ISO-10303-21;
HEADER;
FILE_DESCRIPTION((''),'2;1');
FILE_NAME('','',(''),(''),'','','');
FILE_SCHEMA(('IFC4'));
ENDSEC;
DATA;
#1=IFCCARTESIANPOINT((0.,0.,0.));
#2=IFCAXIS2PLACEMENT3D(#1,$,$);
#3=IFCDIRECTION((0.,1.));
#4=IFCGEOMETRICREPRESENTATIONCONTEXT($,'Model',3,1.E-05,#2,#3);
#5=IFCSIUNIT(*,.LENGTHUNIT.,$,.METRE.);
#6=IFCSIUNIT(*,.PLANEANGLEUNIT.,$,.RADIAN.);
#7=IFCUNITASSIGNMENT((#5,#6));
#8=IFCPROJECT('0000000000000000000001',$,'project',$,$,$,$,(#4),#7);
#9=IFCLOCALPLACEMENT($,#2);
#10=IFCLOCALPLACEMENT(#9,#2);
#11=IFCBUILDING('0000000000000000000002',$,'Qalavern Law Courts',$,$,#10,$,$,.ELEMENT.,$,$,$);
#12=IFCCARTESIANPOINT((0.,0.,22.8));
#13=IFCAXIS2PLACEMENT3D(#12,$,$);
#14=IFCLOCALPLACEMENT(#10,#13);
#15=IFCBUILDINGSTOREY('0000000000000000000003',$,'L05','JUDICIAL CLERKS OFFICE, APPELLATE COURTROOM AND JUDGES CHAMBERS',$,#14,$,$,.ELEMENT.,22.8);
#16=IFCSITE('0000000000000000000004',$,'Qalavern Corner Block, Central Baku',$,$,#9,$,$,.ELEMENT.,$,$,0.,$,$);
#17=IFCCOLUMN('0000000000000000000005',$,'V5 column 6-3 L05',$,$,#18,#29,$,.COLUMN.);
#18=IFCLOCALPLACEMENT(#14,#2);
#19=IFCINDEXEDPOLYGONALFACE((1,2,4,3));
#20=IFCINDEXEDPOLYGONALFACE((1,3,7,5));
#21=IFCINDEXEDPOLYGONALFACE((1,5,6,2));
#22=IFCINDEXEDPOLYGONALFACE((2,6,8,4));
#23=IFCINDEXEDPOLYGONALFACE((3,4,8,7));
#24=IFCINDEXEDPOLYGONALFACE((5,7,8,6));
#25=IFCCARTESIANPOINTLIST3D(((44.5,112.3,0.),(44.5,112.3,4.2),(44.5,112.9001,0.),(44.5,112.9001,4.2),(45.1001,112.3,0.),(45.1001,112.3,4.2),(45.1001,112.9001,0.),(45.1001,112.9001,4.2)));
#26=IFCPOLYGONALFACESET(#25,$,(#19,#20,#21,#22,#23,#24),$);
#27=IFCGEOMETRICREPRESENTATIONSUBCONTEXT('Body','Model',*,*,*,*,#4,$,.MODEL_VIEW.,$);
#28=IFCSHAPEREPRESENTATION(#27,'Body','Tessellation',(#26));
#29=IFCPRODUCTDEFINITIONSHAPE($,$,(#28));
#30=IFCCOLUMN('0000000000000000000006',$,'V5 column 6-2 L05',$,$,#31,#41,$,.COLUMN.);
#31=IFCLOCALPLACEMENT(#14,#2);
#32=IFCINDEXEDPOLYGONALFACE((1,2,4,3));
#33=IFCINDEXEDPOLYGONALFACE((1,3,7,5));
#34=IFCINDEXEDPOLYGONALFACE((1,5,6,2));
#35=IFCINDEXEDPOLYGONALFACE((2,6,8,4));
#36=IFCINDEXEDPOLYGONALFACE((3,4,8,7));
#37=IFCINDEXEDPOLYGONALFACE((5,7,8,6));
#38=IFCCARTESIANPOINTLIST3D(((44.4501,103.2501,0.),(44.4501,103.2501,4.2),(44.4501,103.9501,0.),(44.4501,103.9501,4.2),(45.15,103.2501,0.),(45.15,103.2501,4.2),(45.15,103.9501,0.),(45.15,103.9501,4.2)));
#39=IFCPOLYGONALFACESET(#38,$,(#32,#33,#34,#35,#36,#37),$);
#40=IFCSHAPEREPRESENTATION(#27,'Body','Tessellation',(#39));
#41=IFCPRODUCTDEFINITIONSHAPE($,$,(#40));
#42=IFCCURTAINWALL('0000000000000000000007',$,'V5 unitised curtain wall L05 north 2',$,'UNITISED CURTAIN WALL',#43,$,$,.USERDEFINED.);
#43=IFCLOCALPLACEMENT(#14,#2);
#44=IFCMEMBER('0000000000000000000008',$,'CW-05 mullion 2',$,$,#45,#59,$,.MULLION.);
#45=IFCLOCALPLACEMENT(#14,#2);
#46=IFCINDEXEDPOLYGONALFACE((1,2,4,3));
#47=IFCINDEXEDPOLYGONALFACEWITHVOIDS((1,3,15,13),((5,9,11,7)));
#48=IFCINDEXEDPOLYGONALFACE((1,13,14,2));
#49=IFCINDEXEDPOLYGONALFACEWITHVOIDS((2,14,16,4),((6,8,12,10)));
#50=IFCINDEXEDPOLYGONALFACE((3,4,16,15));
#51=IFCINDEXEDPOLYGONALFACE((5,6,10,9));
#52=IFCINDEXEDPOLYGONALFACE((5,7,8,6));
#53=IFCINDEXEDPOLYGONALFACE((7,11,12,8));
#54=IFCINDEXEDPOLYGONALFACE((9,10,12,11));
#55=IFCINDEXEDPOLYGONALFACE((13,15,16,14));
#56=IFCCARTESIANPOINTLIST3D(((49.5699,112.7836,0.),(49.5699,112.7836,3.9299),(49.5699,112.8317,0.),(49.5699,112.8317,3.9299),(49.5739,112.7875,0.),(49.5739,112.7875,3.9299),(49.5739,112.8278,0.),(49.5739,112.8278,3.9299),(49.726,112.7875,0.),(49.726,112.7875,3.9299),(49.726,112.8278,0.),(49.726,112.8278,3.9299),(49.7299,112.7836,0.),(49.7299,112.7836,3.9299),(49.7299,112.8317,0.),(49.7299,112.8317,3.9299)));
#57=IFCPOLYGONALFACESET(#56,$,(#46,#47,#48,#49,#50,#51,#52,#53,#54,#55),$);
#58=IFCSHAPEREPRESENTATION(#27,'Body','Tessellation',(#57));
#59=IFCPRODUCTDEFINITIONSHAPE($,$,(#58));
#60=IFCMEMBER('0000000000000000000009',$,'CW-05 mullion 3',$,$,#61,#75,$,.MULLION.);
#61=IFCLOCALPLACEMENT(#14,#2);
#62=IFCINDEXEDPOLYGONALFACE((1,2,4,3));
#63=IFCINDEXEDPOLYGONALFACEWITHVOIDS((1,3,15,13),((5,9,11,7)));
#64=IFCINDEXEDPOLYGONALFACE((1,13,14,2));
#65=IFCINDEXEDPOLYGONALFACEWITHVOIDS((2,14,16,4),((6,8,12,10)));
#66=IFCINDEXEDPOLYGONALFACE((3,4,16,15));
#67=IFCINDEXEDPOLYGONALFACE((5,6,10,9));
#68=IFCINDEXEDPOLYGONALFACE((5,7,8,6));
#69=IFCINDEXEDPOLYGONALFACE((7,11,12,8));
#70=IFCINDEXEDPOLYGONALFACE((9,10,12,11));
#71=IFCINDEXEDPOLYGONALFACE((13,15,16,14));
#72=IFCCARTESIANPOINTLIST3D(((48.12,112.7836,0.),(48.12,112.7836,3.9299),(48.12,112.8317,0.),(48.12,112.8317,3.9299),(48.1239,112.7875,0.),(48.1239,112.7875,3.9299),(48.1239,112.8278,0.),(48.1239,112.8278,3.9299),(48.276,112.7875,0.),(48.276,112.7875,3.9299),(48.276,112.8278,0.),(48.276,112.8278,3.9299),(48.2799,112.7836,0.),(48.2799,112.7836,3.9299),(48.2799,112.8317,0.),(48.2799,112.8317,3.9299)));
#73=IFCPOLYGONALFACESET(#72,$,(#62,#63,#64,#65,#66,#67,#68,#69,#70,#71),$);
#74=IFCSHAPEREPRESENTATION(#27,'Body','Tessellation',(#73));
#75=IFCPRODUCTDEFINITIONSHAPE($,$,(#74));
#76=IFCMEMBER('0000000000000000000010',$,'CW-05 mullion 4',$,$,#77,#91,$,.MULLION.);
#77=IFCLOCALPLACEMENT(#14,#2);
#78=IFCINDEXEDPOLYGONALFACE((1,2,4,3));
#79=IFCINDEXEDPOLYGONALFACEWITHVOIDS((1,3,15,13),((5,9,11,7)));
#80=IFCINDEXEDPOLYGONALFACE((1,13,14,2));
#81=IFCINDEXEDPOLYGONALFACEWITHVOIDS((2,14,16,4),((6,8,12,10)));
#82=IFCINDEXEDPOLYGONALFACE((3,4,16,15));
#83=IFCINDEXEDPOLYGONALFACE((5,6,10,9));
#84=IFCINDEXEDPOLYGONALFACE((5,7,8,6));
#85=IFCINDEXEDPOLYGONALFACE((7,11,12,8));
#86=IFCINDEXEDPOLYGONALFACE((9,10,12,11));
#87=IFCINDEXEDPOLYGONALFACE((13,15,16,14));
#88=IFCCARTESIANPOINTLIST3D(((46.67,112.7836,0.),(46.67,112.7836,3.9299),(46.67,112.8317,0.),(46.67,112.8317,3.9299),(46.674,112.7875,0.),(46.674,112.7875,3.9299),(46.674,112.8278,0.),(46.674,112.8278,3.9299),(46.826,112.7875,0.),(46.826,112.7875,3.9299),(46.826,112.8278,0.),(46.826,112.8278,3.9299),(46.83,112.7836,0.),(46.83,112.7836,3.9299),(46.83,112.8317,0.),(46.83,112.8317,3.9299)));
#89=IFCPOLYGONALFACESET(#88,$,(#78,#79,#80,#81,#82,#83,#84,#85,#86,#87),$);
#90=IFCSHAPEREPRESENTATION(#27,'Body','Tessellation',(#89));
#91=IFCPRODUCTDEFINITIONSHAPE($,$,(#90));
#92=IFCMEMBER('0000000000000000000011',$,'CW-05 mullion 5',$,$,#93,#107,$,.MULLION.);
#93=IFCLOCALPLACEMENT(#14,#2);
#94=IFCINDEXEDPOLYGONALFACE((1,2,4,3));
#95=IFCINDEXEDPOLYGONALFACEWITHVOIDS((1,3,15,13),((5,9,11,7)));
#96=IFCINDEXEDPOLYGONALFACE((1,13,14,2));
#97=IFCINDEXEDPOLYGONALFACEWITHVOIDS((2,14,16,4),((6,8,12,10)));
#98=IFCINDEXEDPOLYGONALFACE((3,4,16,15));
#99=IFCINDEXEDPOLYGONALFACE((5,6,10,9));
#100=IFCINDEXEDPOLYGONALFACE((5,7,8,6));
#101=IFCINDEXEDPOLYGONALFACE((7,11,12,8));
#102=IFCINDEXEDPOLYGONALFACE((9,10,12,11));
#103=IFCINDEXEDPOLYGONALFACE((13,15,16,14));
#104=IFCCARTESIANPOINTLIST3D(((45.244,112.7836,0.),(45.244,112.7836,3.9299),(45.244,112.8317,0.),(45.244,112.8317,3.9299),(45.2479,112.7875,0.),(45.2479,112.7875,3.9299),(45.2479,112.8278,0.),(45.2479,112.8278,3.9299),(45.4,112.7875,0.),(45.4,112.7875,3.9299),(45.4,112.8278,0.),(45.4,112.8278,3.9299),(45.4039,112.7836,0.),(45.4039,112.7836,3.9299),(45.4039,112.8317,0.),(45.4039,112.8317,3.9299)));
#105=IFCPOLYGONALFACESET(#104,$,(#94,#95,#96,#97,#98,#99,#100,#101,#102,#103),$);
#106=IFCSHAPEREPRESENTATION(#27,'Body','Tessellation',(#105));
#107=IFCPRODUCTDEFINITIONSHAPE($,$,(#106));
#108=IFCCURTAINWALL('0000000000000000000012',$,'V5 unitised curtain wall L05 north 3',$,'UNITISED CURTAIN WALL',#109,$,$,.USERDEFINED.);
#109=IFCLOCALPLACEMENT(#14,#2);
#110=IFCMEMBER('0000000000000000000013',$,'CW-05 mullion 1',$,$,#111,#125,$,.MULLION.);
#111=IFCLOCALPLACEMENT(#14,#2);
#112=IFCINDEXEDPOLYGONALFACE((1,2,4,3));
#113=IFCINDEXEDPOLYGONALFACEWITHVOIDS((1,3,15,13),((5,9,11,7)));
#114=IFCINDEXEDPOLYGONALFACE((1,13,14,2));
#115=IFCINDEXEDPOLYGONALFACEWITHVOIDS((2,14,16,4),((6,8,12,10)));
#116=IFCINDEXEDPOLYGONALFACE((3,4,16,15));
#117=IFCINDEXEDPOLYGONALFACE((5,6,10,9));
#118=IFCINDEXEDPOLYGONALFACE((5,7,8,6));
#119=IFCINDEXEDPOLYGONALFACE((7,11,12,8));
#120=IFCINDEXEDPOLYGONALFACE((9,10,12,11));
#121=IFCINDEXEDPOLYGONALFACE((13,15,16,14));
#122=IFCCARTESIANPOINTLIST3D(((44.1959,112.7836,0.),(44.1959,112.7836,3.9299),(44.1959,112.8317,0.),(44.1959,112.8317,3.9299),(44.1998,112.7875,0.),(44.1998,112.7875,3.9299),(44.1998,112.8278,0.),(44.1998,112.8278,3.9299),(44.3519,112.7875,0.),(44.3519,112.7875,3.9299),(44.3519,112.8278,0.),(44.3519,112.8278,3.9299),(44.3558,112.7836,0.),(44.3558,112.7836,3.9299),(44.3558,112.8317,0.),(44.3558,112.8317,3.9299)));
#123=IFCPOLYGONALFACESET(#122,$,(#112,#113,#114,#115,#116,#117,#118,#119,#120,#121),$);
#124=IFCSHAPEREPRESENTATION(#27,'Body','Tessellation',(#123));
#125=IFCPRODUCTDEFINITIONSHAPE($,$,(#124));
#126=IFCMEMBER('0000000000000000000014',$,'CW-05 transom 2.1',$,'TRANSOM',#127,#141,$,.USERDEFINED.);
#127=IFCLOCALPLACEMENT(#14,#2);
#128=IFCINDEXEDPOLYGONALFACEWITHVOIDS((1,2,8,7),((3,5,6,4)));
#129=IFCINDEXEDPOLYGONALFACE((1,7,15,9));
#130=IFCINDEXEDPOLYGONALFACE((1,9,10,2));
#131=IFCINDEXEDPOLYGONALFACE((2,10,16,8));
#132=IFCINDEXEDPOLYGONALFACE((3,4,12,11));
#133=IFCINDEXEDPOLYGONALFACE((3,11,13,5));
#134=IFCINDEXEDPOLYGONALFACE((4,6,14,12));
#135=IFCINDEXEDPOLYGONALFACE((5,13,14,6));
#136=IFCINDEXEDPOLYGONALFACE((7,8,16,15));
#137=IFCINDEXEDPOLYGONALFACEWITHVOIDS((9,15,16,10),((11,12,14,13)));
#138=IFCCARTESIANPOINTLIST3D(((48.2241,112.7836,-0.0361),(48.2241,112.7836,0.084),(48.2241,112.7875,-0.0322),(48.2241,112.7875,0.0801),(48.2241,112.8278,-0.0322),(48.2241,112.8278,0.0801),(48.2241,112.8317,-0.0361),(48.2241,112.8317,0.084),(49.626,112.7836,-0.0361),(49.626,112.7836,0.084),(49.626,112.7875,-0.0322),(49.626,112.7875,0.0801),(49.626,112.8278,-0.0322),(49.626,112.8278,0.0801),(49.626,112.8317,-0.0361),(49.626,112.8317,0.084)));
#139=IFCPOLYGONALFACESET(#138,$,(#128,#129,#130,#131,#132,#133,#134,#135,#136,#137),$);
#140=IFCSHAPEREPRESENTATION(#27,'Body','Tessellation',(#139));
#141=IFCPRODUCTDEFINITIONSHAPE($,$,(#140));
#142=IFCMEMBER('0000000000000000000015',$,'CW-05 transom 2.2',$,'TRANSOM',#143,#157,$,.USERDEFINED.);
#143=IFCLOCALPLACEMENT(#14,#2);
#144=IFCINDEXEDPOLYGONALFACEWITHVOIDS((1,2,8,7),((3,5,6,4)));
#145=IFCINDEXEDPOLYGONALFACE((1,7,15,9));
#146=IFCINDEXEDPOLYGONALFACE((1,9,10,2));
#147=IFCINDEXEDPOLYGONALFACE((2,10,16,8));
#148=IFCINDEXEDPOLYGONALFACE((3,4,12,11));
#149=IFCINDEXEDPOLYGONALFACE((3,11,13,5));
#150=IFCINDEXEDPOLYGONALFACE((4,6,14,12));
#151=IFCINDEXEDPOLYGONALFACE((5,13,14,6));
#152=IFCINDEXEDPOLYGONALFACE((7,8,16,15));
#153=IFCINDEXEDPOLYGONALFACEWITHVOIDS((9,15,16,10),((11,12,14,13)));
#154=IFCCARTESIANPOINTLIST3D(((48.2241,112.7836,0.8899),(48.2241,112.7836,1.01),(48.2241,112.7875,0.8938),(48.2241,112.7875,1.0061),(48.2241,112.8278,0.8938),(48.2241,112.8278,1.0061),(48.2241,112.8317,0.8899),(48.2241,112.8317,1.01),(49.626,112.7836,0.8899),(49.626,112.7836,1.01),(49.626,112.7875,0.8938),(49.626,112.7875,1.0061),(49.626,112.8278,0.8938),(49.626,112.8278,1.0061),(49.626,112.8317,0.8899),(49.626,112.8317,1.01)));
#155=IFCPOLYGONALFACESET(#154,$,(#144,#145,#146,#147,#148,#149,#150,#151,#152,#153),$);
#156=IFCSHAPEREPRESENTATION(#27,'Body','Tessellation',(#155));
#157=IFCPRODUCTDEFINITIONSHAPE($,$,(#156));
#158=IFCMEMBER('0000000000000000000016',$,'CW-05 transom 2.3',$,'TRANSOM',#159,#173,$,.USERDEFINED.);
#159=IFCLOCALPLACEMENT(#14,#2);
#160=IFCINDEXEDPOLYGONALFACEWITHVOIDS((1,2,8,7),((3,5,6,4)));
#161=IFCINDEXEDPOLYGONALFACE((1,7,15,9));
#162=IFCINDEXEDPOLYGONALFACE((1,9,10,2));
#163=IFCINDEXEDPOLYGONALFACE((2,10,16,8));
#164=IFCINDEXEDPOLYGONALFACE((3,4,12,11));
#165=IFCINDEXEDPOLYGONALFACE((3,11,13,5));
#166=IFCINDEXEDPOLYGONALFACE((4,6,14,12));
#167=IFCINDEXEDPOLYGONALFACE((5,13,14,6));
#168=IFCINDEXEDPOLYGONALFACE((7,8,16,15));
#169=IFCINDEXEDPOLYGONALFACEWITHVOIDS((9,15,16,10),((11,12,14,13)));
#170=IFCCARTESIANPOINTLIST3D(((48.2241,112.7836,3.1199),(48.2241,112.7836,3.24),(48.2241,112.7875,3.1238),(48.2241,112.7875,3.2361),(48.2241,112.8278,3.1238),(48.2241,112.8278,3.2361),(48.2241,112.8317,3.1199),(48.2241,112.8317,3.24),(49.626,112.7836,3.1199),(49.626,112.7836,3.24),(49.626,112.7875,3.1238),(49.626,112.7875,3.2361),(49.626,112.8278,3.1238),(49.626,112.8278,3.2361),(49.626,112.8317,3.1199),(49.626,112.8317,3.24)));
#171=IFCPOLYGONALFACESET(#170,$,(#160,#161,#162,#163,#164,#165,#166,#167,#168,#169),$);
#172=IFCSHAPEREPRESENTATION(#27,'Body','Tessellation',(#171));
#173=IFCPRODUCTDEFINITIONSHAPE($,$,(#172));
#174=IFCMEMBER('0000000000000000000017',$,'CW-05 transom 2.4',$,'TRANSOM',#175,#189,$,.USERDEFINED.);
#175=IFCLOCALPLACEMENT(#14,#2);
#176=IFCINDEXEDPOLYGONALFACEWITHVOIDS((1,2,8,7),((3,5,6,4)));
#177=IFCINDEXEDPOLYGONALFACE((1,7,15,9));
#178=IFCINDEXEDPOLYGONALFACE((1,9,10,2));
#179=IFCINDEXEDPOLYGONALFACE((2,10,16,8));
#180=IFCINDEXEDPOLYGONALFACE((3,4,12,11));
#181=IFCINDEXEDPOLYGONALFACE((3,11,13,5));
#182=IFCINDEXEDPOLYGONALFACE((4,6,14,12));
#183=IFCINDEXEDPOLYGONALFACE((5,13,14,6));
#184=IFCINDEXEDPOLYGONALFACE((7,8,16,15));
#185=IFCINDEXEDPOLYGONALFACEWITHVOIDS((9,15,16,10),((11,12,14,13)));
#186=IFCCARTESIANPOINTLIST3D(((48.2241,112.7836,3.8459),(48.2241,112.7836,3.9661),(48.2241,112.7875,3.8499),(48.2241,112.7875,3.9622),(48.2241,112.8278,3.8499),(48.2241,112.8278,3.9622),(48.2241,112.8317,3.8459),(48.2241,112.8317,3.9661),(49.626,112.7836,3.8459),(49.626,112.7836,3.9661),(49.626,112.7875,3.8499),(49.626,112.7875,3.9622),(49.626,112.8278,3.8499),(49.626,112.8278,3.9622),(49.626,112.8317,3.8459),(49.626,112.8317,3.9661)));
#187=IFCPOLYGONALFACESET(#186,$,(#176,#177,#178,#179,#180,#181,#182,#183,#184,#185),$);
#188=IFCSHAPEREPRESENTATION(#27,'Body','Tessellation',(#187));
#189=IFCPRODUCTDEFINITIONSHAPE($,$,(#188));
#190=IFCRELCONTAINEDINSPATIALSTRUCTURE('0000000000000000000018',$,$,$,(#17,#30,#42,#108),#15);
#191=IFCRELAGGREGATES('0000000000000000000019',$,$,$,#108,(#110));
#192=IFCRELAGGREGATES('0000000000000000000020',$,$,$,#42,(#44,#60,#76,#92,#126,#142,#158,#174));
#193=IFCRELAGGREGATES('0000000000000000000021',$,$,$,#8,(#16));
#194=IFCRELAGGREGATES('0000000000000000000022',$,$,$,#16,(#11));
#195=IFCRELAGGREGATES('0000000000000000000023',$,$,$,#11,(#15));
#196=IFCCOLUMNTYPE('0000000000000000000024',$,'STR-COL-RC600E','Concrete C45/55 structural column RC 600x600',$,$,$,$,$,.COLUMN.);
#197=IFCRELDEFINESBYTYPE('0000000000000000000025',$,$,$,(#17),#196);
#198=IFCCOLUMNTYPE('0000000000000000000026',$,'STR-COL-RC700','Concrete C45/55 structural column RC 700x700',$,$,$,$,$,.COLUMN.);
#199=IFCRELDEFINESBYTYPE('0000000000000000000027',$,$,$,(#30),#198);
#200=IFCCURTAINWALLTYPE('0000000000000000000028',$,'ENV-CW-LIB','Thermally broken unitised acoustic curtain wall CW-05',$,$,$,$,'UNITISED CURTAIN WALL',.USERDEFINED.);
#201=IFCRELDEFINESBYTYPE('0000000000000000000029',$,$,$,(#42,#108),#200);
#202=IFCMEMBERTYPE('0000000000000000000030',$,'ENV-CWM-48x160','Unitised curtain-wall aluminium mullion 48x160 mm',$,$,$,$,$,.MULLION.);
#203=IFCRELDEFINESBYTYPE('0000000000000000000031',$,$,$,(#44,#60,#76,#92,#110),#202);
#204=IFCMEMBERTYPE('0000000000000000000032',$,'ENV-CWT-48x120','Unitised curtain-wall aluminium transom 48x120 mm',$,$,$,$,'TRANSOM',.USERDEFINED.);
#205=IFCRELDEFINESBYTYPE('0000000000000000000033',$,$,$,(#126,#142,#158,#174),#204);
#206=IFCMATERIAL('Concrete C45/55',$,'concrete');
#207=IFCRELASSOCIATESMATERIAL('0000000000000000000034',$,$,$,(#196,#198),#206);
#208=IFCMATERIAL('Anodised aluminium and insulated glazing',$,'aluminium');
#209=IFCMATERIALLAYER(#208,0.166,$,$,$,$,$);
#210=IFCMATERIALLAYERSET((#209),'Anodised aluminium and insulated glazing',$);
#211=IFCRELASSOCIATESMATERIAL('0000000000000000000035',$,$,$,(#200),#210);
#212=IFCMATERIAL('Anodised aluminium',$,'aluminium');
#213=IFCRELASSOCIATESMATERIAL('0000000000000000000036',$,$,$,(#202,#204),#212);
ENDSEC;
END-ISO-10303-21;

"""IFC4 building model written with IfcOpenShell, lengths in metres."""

from ifc_helpers import new_model, si_unit, direction, frame, origin, origin_2d, place, context, subcontext, project, spatial, rectangle, hollow_rectangle, extrude, material, layer, layer_set, material_profile, profile_set, type_object, element, aggregate, save


model = new_model("IFC4")

# Units and contexts
model_context = context("Model", 3, precision=1e-05, world=origin(), true_north=direction((0.0, 1.0)))
body_context = subcontext(model_context, "Body", "Model", "MODEL_VIEW")
ifc_project = project(units=[si_unit("LENGTHUNIT", "METRE"), si_unit("PLANEANGLEUNIT", "RADIAN")], contexts=[model_context])

# Site, building, storey
site_placement = place(None, origin())
site = spatial("IfcSite", under=ifc_project, at=site_placement, Name="Qalavern Corner Block, Central Baku", CompositionType="ELEMENT", RefElevation=0.0)
building_placement = place(site_placement, origin())
building = spatial("IfcBuilding", under=site, at=building_placement, Name="Qalavern Law Courts", CompositionType="ELEMENT")
storey_placement = place(building_placement, frame((0.0, 0.0, 22.8)))
storey = spatial("IfcBuildingStorey", under=building, at=storey_placement, Name="L05", Description="JUDICIAL CLERKS OFFICE, APPELLATE COURTROOM AND JUDGES CHAMBERS", CompositionType="ELEMENT", Elevation=22.8)

# Columns
ifc_material_1 = material(Name="Concrete C45/55", Category="concrete")
ifc_material_profile_1 = material_profile(ifc_material_1, rectangle(XDim=0.6001, YDim=0.6001, at=origin_2d()), Name="RC 600x600")
ifc_profile_set_1 = profile_set([ifc_material_profile_1], Name="Concrete C45/55")
column_type_1 = type_object("IfcColumnType", Name="STR-COL-RC600E", Description="Concrete C45/55 structural column RC 600x600", PredefinedType="COLUMN", material=ifc_profile_set_1)
column_1_placement = place(storey_placement, frame((44.8, 112.6001, 0.0), z_axis=(0.0, 0.0, 1.0), x_axis=(1.0, 0.0, 0.0)))
element("IfcColumn", 1, at=column_1_placement, inside=storey, type_object=column_type_1, Name="V5 column 6-3 L05", PredefinedType="COLUMN", context=body_context, shape_type="SweptSolid", body=[
    extrude(rectangle(XDim=0.6001, YDim=0.6001, at=origin_2d()), origin(), (0.0, 0.0, 1.0), 4.2),
])
ifc_material_profile_2 = material_profile(ifc_material_1, rectangle(XDim=0.7, YDim=0.7, at=origin_2d()), Name="RC 700x700")
ifc_profile_set_2 = profile_set([ifc_material_profile_2], Name="Concrete C45/55")
column_type_2 = type_object("IfcColumnType", Name="STR-COL-RC700", Description="Concrete C45/55 structural column RC 700x700", PredefinedType="COLUMN", material=ifc_profile_set_2)
column_2_placement = place(storey_placement, frame((44.8, 103.6001, 0.0), z_axis=(0.0, 0.0, 1.0), x_axis=(1.0, 0.0, 0.0)))
element("IfcColumn", 2, at=column_2_placement, inside=storey, type_object=column_type_2, Name="V5 column 6-2 L05", PredefinedType="COLUMN", context=body_context, shape_type="SweptSolid", body=[
    extrude(rectangle(XDim=0.7, YDim=0.7, at=origin_2d()), origin(), (0.0, 0.0, 1.0), 4.2),
])

# Curtain wall, members
ifc_material_2 = material(Name="Anodised aluminium and insulated glazing", Category="aluminium")
ifc_layer_1 = layer(ifc_material_2, 0.166)
ifc_layer_set_1 = layer_set([ifc_layer_1], Name="Anodised aluminium and insulated glazing")
curtain_wall_type = type_object("IfcCurtainWallType", Name="ENV-CW-LIB", Description="Thermally broken unitised acoustic curtain wall CW-05", ElementType="UNITISED CURTAIN WALL", PredefinedType="USERDEFINED", material=ifc_layer_set_1)
curtain_wall_1_placement = place(storey_placement, origin())
curtain_wall_1 = element("IfcCurtainWall", 3, at=curtain_wall_1_placement, inside=storey, type_object=curtain_wall_type, Name="V5 unitised curtain wall L05 north 2", ObjectType="UNITISED CURTAIN WALL", PredefinedType="USERDEFINED")
ifc_material_3 = material(Name="Anodised aluminium", Category="aluminium")
ifc_material_profile_3 = material_profile(ifc_material_3, hollow_rectangle(XDim=0.0481, YDim=0.1599, WallThickness=0.0039, at=origin_2d()), Name="ALU MULLION 48x160")
ifc_profile_set_3 = profile_set([ifc_material_profile_3], Name="Anodised aluminium")
member_type_1 = type_object("IfcMemberType", Name="ENV-CWM-48x160", Description="Unitised curtain-wall aluminium mullion 48x160 mm", PredefinedType="MULLION", material=ifc_profile_set_3)
member_1_placement = place(storey_placement, frame((49.6499, 112.8076, 0.0), z_axis=(0.0, 0.0, 1.0), x_axis=(0.0, -1.0, 0.0)))
member_1 = element("IfcMember", 4, at=member_1_placement, type_object=member_type_1, Name="CW-05 mullion 2", PredefinedType="MULLION", context=body_context, shape_type="SweptSolid", body=[
    extrude(hollow_rectangle(XDim=0.0481, YDim=0.1599, WallThickness=0.0039, at=origin_2d()), origin(), (0.0, 0.0, 1.0), 3.9299),
])
member_2_placement = place(storey_placement, frame((48.2, 112.8076, 0.0), z_axis=(0.0, 0.0, 1.0), x_axis=(0.0, -1.0, 0.0)))
member_2 = element("IfcMember", 5, at=member_2_placement, type_object=member_type_1, Name="CW-05 mullion 3", PredefinedType="MULLION", context=body_context, shape_type="SweptSolid", body=[
    extrude(hollow_rectangle(XDim=0.0481, YDim=0.1599, WallThickness=0.0039, at=origin_2d()), origin(), (0.0, 0.0, 1.0), 3.9299),
])
member_3_placement = place(storey_placement, frame((46.75, 112.8076, 0.0), z_axis=(0.0, 0.0, 1.0), x_axis=(0.0, -1.0, 0.0)))
member_3 = element("IfcMember", 6, at=member_3_placement, type_object=member_type_1, Name="CW-05 mullion 4", PredefinedType="MULLION", context=body_context, shape_type="SweptSolid", body=[
    extrude(hollow_rectangle(XDim=0.0481, YDim=0.1599, WallThickness=0.0039, at=origin_2d()), origin(), (0.0, 0.0, 1.0), 3.9299),
])
member_4_placement = place(storey_placement, frame((45.324, 112.8076, 0.0), z_axis=(0.0, 0.0, 1.0), x_axis=(0.0, -1.0, 0.0)))
member_4 = element("IfcMember", 7, at=member_4_placement, type_object=member_type_1, Name="CW-05 mullion 5", PredefinedType="MULLION", context=body_context, shape_type="SweptSolid", body=[
    extrude(hollow_rectangle(XDim=0.0481, YDim=0.1599, WallThickness=0.0039, at=origin_2d()), origin(), (0.0, 0.0, 1.0), 3.9299),
])

# Curtain wall, member
curtain_wall_2_placement = place(storey_placement, origin())
curtain_wall_2 = element("IfcCurtainWall", 8, at=curtain_wall_2_placement, inside=storey, type_object=curtain_wall_type, Name="V5 unitised curtain wall L05 north 3", ObjectType="UNITISED CURTAIN WALL", PredefinedType="USERDEFINED")
member_5_placement = place(storey_placement, frame((44.2759, 112.8076, 0.0), z_axis=(0.0, 0.0, 1.0), x_axis=(0.0, -1.0, 0.0)))
member_5 = element("IfcMember", 9, at=member_5_placement, type_object=member_type_1, Name="CW-05 mullion 1", PredefinedType="MULLION", context=body_context, shape_type="SweptSolid", body=[
    extrude(hollow_rectangle(XDim=0.0481, YDim=0.1599, WallThickness=0.0039, at=origin_2d()), origin(), (0.0, 0.0, 1.0), 3.9299),
])

# Members
ifc_material_profile_4 = material_profile(ifc_material_3, hollow_rectangle(XDim=0.0481, YDim=0.1201, WallThickness=0.0039, at=origin_2d()), Name="ALU TRANSOM 48x120")
ifc_profile_set_4 = profile_set([ifc_material_profile_4], Name="Anodised aluminium")
member_type_2 = type_object("IfcMemberType", Name="ENV-CWT-48x120", Description="Unitised curtain-wall aluminium transom 48x120 mm", ElementType="TRANSOM", PredefinedType="USERDEFINED", material=ifc_profile_set_4)
member_6_placement = place(storey_placement, frame((49.626, 112.8076, 0.0239), z_axis=(-1.0, 0.0, 0.0), x_axis=(0.0, -1.0, 0.0)))
member_6 = element("IfcMember", 10, at=member_6_placement, type_object=member_type_2, Name="CW-05 transom 2.1", ObjectType="TRANSOM", PredefinedType="USERDEFINED", context=body_context, shape_type="SweptSolid", body=[
    extrude(hollow_rectangle(XDim=0.0481, YDim=0.1201, WallThickness=0.0039, at=origin_2d()), origin(), (0.0, 0.0, 1.0), 1.4019),
])
member_7_placement = place(storey_placement, frame((49.626, 112.8076, 0.95), z_axis=(-1.0, 0.0, 0.0), x_axis=(0.0, -1.0, 0.0)))
member_7 = element("IfcMember", 11, at=member_7_placement, type_object=member_type_2, Name="CW-05 transom 2.2", ObjectType="TRANSOM", PredefinedType="USERDEFINED", context=body_context, shape_type="SweptSolid", body=[
    extrude(hollow_rectangle(XDim=0.0481, YDim=0.1201, WallThickness=0.0039, at=origin_2d()), origin(), (0.0, 0.0, 1.0), 1.4019),
])
member_8_placement = place(storey_placement, frame((49.626, 112.8076, 3.1799), z_axis=(-1.0, 0.0, 0.0), x_axis=(0.0, -1.0, 0.0)))
member_8 = element("IfcMember", 12, at=member_8_placement, type_object=member_type_2, Name="CW-05 transom 2.3", ObjectType="TRANSOM", PredefinedType="USERDEFINED", context=body_context, shape_type="SweptSolid", body=[
    extrude(hollow_rectangle(XDim=0.0481, YDim=0.1201, WallThickness=0.0039, at=origin_2d()), origin(), (0.0, 0.0, 1.0), 1.4019),
])
member_9_placement = place(storey_placement, frame((49.626, 112.8076, 3.906), z_axis=(-1.0, 0.0, 0.0), x_axis=(0.0, -1.0, 0.0)))
member_9 = element("IfcMember", 13, at=member_9_placement, type_object=member_type_2, Name="CW-05 transom 2.4", ObjectType="TRANSOM", PredefinedType="USERDEFINED", context=body_context, shape_type="SweptSolid", body=[
    extrude(hollow_rectangle(XDim=0.0481, YDim=0.1201, WallThickness=0.0039, at=origin_2d()), origin(), (0.0, 0.0, 1.0), 1.4019),
])
aggregate(curtain_wall_2, [member_5])

aggregate(curtain_wall_1, [member_1, member_2, member_3, member_4, member_6, member_7, member_8, member_9])

save(model, "model.ifc")
